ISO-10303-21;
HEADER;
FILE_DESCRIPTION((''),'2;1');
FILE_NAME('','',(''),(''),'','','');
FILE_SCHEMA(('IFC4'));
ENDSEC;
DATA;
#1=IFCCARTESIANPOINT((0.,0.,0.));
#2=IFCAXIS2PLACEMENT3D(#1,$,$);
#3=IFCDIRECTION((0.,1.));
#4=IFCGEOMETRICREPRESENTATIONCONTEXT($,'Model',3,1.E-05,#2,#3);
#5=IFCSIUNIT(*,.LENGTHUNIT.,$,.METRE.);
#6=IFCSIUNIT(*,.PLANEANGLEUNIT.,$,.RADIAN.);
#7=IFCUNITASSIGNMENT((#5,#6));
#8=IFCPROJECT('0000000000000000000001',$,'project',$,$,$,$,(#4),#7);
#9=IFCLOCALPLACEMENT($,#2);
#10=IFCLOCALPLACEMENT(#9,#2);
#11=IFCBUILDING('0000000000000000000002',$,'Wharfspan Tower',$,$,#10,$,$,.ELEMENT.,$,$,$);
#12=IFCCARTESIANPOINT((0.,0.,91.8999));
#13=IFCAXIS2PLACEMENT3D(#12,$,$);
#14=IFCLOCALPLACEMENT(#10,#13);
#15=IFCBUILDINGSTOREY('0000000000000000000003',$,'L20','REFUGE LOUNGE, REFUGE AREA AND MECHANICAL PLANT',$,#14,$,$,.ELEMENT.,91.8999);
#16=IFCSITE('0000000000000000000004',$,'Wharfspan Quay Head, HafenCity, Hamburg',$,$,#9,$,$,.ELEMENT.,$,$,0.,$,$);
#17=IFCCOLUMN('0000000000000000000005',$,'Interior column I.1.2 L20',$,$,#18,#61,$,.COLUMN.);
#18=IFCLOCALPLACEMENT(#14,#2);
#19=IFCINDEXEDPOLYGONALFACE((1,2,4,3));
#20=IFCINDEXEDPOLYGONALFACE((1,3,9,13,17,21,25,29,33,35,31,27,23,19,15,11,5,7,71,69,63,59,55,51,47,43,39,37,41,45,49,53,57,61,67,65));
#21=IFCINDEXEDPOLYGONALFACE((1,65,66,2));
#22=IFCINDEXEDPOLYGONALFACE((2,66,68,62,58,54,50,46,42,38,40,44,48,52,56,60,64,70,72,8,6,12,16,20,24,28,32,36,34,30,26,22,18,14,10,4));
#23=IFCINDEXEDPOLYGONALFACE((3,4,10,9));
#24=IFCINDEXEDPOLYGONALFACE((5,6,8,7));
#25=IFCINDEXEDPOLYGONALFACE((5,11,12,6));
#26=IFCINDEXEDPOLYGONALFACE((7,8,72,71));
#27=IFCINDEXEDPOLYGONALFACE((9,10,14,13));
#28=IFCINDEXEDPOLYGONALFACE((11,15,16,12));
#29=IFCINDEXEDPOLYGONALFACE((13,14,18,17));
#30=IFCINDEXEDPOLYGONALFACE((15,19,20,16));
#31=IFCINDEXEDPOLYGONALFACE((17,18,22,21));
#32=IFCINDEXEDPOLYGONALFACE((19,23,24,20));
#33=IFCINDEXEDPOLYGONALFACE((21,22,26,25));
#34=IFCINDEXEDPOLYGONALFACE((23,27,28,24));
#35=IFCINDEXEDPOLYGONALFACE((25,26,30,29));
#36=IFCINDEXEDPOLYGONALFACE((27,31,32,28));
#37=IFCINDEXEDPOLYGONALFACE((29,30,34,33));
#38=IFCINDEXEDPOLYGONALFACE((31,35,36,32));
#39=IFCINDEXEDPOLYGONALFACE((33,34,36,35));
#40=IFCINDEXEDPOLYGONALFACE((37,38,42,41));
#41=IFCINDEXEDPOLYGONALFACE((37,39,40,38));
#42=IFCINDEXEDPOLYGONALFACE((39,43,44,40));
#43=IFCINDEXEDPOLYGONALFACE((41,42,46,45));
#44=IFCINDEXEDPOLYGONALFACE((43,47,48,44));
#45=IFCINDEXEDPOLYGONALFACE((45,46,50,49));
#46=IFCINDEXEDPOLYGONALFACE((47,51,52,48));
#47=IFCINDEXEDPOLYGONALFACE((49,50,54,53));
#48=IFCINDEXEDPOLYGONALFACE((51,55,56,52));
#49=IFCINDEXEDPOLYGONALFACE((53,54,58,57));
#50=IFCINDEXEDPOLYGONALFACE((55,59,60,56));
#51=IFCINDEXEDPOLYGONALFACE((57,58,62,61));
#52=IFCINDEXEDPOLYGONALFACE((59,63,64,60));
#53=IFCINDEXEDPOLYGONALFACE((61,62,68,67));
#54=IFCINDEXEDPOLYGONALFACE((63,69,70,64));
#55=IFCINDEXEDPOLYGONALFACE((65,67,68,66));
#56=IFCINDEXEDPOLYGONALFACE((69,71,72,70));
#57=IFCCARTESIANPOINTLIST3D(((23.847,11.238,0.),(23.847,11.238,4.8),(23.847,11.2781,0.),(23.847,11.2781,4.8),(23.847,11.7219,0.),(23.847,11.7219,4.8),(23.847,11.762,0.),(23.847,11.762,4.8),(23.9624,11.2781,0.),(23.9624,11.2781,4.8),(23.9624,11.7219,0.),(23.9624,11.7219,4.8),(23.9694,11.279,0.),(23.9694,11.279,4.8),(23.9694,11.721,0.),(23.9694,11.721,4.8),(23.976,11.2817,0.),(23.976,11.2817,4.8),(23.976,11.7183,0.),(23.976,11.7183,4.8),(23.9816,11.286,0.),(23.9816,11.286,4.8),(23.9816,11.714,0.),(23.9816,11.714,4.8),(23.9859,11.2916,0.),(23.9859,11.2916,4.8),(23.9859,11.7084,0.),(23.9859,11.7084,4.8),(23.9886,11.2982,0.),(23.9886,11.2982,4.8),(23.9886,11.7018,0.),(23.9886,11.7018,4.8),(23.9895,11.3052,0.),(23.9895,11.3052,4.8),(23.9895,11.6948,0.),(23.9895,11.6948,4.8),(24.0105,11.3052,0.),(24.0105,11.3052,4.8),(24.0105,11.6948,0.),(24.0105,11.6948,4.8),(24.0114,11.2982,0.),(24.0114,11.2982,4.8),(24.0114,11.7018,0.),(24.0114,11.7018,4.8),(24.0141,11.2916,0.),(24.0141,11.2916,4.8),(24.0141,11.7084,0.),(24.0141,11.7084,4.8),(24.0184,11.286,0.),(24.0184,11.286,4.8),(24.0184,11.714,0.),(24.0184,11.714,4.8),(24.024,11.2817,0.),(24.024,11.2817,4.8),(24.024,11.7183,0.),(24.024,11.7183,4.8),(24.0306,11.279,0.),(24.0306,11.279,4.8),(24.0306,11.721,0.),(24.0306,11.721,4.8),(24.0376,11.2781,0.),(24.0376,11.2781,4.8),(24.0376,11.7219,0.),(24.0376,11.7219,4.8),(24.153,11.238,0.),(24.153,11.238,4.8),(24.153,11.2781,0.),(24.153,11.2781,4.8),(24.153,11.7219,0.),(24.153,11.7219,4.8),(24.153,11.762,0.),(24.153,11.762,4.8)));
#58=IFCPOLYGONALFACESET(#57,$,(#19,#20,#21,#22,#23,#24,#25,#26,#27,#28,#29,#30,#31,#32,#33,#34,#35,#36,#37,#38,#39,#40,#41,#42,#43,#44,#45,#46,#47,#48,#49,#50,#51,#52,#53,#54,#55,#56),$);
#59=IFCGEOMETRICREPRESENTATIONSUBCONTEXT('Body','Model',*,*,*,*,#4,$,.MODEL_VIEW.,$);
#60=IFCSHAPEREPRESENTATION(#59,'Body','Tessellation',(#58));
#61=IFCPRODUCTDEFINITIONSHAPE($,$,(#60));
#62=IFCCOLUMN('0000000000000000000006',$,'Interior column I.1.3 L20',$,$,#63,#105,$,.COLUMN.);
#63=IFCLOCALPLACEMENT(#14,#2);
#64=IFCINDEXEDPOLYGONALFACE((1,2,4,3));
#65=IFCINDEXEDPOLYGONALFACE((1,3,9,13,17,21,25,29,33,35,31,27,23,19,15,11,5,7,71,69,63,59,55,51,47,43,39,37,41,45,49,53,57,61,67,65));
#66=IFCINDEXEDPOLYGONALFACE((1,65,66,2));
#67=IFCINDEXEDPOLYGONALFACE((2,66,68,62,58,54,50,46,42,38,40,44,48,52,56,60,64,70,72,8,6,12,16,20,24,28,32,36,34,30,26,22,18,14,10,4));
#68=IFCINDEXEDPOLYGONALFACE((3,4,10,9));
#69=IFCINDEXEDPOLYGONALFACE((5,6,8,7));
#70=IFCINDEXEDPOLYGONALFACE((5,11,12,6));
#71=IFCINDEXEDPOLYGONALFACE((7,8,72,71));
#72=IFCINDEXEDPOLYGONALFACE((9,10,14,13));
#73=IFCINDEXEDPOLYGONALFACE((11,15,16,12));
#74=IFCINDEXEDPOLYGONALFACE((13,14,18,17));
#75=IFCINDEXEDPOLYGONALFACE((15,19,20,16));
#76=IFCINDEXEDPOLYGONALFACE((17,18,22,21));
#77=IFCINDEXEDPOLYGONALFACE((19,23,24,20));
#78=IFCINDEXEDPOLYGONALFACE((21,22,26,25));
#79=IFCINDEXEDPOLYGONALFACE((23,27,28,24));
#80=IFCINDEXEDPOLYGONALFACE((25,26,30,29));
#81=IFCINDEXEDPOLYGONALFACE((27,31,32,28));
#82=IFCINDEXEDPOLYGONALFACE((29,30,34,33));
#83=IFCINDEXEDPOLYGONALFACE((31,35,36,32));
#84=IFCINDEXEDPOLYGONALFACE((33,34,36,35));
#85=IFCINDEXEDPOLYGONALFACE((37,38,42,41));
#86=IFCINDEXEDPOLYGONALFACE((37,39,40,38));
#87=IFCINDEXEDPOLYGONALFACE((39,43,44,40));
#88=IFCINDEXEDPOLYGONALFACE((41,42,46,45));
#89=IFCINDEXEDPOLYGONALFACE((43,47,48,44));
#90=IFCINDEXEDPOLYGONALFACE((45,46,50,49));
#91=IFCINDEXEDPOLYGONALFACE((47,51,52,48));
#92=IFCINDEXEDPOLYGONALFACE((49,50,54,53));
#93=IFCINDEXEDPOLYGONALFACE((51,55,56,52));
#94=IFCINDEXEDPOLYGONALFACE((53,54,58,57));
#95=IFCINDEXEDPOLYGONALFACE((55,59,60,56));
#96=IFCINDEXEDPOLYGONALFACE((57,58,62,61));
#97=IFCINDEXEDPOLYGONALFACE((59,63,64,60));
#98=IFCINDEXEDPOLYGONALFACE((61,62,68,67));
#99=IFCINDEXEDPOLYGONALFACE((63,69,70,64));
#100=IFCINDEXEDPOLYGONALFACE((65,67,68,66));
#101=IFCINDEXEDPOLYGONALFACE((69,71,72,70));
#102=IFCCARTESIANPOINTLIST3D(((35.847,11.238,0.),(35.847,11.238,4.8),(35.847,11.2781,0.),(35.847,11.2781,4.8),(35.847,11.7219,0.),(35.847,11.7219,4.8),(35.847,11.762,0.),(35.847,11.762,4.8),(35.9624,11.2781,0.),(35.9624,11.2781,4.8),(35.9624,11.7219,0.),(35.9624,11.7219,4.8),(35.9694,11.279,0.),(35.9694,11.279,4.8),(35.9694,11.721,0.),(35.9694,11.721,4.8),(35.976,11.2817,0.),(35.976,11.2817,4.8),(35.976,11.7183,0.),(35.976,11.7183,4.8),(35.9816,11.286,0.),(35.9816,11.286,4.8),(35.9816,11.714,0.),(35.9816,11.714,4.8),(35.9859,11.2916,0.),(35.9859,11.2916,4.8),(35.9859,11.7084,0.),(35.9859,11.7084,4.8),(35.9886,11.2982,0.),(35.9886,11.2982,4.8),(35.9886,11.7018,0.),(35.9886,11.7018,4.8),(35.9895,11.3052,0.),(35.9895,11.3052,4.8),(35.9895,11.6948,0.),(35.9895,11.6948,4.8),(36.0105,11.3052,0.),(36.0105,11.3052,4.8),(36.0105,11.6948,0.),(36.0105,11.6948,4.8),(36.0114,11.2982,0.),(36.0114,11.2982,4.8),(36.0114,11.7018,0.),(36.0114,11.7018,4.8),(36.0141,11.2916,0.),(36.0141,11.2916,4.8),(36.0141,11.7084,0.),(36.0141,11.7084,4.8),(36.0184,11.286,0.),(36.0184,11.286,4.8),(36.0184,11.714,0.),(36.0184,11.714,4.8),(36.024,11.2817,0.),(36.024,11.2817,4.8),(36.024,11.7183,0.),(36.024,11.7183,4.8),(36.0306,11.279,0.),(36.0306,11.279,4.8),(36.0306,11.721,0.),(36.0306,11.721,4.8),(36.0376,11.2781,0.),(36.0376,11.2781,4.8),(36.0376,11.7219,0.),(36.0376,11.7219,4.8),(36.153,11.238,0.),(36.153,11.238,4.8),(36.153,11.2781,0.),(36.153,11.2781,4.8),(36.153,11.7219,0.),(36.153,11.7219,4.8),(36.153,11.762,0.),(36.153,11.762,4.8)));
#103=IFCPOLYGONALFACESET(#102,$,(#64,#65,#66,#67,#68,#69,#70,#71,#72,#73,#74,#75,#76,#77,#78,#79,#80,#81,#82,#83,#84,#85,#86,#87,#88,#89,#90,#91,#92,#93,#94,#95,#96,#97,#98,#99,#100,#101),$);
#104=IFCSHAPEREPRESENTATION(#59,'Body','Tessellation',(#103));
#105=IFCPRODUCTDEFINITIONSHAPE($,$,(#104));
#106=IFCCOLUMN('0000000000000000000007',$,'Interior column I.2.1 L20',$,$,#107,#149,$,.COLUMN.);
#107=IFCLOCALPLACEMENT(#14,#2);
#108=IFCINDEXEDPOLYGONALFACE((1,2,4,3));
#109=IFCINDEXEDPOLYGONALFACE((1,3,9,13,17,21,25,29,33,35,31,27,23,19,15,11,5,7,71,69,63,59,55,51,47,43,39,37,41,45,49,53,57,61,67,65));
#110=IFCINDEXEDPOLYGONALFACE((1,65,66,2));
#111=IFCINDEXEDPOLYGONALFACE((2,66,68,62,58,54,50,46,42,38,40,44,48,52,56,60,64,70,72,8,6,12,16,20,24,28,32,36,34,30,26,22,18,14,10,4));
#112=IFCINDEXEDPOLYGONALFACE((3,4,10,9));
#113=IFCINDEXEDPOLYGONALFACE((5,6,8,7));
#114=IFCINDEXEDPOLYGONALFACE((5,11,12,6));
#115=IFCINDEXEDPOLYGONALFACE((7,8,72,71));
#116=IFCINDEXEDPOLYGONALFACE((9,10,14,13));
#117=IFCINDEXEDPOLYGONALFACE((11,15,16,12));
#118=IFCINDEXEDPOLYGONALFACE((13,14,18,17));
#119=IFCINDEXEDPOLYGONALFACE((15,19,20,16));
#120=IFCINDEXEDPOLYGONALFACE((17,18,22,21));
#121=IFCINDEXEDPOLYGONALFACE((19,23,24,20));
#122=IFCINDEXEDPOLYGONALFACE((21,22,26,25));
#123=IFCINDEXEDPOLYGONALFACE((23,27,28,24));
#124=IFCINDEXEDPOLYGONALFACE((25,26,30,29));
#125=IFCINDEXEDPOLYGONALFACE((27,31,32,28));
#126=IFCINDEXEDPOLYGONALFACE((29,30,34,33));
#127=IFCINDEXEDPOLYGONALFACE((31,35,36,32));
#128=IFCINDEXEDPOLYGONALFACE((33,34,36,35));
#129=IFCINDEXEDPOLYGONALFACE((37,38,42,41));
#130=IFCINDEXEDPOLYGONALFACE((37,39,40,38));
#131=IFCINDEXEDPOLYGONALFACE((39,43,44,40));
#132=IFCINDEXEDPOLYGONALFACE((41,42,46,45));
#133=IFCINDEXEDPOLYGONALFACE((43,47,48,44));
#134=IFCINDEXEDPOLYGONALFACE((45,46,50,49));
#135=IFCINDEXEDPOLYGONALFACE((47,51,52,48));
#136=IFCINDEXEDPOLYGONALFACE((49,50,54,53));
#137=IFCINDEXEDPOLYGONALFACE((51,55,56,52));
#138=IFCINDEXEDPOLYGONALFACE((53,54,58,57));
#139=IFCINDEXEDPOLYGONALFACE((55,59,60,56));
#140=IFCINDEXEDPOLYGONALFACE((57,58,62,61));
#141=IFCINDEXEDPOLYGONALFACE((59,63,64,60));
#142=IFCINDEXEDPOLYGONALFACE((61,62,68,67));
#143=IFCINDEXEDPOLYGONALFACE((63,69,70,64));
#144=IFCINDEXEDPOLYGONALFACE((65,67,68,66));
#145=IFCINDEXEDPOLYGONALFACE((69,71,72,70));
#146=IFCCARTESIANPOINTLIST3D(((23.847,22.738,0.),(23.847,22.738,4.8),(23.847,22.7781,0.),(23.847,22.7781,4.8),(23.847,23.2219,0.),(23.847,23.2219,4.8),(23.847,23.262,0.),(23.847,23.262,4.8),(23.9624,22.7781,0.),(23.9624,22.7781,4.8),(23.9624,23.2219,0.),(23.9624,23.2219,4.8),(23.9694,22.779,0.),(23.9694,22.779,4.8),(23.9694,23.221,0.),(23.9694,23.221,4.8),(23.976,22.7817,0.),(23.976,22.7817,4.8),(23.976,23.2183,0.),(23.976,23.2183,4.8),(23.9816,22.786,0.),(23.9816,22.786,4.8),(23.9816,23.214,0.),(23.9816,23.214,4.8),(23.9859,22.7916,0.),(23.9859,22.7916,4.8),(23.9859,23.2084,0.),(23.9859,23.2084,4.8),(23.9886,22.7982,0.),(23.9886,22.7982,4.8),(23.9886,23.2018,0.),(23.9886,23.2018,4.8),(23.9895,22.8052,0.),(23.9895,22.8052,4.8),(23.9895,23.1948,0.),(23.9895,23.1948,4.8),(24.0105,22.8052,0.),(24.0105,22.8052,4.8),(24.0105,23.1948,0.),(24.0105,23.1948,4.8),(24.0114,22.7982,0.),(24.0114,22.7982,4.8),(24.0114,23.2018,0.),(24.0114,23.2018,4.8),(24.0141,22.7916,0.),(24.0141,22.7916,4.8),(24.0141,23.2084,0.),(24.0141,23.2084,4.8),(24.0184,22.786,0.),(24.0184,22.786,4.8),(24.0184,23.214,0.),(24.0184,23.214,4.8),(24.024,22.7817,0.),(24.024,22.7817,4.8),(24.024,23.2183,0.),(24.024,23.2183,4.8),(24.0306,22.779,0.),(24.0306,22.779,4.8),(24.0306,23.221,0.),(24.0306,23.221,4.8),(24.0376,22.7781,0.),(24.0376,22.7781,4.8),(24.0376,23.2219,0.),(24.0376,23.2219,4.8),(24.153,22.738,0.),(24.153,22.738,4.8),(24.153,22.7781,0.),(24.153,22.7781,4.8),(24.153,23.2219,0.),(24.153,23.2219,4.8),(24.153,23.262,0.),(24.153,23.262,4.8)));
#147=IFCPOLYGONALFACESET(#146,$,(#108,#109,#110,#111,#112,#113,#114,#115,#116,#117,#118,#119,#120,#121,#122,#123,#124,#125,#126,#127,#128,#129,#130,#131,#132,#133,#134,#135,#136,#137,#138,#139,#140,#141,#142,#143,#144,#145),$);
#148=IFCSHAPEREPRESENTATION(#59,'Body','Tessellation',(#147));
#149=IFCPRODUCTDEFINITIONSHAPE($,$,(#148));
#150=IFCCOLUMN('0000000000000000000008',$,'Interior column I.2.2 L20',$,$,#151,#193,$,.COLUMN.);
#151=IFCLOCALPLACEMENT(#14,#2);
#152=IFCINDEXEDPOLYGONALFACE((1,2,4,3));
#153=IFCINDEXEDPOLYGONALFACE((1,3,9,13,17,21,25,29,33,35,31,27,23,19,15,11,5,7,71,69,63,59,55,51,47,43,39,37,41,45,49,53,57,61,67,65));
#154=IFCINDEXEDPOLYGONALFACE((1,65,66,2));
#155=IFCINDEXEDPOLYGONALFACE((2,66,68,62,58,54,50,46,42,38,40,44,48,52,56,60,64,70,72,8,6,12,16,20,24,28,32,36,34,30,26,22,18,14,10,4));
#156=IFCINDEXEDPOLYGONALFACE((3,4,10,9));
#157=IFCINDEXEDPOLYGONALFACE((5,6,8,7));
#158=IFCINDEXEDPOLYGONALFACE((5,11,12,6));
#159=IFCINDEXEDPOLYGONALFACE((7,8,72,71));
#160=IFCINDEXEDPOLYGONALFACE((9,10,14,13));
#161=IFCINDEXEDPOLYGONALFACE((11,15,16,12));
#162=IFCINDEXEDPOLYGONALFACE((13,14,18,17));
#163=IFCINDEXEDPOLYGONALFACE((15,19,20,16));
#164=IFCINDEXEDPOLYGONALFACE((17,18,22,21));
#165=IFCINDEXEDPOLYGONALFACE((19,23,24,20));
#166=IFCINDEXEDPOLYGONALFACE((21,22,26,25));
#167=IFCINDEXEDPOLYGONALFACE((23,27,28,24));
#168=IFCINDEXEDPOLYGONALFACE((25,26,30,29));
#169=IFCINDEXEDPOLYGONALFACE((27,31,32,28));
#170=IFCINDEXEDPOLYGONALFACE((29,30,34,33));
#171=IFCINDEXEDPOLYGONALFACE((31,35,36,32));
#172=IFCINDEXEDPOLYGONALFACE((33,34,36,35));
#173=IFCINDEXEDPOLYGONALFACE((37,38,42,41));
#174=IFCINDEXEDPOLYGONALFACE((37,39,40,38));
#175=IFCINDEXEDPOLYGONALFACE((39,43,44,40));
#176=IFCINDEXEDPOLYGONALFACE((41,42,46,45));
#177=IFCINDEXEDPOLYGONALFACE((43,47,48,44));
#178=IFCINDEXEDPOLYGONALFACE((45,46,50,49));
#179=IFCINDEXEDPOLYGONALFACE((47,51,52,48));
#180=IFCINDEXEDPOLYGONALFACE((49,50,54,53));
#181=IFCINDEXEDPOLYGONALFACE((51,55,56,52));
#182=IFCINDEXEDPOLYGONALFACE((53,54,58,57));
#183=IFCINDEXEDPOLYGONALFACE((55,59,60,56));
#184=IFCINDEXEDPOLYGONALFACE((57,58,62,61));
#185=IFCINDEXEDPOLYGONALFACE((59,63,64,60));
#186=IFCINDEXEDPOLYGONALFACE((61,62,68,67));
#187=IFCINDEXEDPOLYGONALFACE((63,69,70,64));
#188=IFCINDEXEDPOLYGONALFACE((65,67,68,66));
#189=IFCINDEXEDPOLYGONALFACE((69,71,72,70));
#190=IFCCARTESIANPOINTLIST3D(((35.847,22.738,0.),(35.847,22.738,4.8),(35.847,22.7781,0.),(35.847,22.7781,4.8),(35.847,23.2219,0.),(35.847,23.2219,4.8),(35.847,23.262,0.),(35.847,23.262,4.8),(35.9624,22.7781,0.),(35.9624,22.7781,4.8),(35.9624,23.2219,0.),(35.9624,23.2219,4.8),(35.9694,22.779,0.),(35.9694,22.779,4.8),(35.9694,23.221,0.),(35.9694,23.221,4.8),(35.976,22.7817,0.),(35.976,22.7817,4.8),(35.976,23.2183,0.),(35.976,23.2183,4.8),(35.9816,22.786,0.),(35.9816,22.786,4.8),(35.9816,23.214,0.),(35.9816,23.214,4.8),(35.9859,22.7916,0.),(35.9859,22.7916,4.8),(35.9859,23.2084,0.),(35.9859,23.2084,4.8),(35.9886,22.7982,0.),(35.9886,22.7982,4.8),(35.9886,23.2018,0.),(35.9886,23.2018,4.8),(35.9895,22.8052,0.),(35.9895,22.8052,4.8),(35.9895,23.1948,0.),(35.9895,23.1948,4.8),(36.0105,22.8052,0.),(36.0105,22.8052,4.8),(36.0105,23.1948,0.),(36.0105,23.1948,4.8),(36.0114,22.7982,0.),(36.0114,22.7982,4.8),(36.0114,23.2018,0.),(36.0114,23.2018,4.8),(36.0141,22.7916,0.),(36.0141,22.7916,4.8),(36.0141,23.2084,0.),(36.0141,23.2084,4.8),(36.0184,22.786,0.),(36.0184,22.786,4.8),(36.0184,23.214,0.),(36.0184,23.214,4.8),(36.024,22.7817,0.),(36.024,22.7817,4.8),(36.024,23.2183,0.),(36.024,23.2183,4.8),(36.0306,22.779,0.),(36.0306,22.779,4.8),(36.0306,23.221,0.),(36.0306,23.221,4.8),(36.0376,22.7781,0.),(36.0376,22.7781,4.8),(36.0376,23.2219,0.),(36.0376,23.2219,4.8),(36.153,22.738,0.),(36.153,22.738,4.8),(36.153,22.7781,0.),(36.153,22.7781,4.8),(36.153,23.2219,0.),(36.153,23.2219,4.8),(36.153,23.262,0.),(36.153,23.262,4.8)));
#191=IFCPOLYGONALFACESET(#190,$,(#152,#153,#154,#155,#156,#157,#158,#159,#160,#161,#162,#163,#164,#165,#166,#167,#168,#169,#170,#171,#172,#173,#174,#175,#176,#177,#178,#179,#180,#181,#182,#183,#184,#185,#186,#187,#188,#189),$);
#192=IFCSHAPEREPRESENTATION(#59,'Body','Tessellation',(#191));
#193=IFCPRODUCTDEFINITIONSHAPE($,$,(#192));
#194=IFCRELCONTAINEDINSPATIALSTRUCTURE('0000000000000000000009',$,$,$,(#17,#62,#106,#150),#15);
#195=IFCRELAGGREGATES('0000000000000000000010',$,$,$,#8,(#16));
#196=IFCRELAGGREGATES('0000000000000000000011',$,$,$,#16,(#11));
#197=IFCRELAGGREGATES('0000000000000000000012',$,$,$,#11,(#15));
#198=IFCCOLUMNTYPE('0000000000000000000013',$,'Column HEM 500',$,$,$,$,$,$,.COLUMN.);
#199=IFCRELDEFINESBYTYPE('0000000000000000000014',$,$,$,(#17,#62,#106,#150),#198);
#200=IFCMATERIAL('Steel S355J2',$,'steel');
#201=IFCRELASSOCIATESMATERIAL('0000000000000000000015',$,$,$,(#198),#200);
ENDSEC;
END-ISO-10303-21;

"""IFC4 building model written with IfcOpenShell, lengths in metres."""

from ifc_helpers import new_model, si_unit, direction, frame, origin, origin_2d, place, context, subcontext, project, spatial, i_section, extrude, material, material_profile, profile_set, type_object, element, save


model = new_model("IFC4")

# Units and contexts
model_context = context("Model", 3, precision=1e-05, world=origin(), true_north=direction((0.0, 1.0)))
body_context = subcontext(model_context, "Body", "Model", "MODEL_VIEW")
ifc_project = project(units=[si_unit("LENGTHUNIT", "METRE"), si_unit("PLANEANGLEUNIT", "RADIAN")], contexts=[model_context])

# Site, building, storey
site_placement = place(None, origin())
site = spatial("IfcSite", under=ifc_project, at=site_placement, Name="Wharfspan Quay Head, HafenCity, Hamburg", CompositionType="ELEMENT", RefElevation=0.0)
building_placement = place(site_placement, origin())
building = spatial("IfcBuilding", under=site, at=building_placement, Name="Wharfspan Tower", CompositionType="ELEMENT")
storey_placement = place(building_placement, frame((0.0, 0.0, 91.8999)))
storey = spatial("IfcBuildingStorey", under=building, at=storey_placement, Name="L20", Description="REFUGE LOUNGE, REFUGE AREA AND MECHANICAL PLANT", CompositionType="ELEMENT", Elevation=91.8999)

# Columns
ifc_material_1 = material(Name="Steel S355J2", Category="steel")
ifc_material_profile = material_profile(ifc_material_1, i_section(OverallWidth=0.3059, OverallDepth=0.5239, WebThickness=0.021, FlangeThickness=0.04, FilletRadius=0.0271, at=origin_2d()))
ifc_profile_set = profile_set([ifc_material_profile], Name="Steel S355J2")
column_type = type_object("IfcColumnType", Name="Column HEM 500", PredefinedType="COLUMN", material=ifc_profile_set)
for number, where, z_axis, x_axis, name in (
    (1, (24.0, 11.5, 0.0), (0.0, 0.0, 1.0), (1.0, 0.0, 0.0), "Interior column I.1.2 L20"),
    (2, (36.0, 11.5, 0.0), (0.0, 0.0, 1.0), (1.0, 0.0, 0.0), "Interior column I.1.3 L20"),
    (3, (24.0, 23.0, 0.0), (0.0, 0.0, 1.0), (1.0, 0.0, 0.0), "Interior column I.2.1 L20"),
    (4, (36.0, 23.0, 0.0), (0.0, 0.0, 1.0), (1.0, 0.0, 0.0), "Interior column I.2.2 L20"),
):
    element("IfcColumn", number, at=place(storey_placement, frame(where, z_axis=z_axis, x_axis=x_axis)), inside=storey, type_object=column_type, Name=name, PredefinedType="COLUMN", context=body_context, shape_type="SweptSolid", body=[
        extrude(i_section(OverallWidth=0.3059, OverallDepth=0.5239, WebThickness=0.021, FlangeThickness=0.04, FilletRadius=0.0271, at=origin_2d()), origin(), (0.0, 0.0, 1.0), 4.8),
    ])

save(model, "model.ifc")
